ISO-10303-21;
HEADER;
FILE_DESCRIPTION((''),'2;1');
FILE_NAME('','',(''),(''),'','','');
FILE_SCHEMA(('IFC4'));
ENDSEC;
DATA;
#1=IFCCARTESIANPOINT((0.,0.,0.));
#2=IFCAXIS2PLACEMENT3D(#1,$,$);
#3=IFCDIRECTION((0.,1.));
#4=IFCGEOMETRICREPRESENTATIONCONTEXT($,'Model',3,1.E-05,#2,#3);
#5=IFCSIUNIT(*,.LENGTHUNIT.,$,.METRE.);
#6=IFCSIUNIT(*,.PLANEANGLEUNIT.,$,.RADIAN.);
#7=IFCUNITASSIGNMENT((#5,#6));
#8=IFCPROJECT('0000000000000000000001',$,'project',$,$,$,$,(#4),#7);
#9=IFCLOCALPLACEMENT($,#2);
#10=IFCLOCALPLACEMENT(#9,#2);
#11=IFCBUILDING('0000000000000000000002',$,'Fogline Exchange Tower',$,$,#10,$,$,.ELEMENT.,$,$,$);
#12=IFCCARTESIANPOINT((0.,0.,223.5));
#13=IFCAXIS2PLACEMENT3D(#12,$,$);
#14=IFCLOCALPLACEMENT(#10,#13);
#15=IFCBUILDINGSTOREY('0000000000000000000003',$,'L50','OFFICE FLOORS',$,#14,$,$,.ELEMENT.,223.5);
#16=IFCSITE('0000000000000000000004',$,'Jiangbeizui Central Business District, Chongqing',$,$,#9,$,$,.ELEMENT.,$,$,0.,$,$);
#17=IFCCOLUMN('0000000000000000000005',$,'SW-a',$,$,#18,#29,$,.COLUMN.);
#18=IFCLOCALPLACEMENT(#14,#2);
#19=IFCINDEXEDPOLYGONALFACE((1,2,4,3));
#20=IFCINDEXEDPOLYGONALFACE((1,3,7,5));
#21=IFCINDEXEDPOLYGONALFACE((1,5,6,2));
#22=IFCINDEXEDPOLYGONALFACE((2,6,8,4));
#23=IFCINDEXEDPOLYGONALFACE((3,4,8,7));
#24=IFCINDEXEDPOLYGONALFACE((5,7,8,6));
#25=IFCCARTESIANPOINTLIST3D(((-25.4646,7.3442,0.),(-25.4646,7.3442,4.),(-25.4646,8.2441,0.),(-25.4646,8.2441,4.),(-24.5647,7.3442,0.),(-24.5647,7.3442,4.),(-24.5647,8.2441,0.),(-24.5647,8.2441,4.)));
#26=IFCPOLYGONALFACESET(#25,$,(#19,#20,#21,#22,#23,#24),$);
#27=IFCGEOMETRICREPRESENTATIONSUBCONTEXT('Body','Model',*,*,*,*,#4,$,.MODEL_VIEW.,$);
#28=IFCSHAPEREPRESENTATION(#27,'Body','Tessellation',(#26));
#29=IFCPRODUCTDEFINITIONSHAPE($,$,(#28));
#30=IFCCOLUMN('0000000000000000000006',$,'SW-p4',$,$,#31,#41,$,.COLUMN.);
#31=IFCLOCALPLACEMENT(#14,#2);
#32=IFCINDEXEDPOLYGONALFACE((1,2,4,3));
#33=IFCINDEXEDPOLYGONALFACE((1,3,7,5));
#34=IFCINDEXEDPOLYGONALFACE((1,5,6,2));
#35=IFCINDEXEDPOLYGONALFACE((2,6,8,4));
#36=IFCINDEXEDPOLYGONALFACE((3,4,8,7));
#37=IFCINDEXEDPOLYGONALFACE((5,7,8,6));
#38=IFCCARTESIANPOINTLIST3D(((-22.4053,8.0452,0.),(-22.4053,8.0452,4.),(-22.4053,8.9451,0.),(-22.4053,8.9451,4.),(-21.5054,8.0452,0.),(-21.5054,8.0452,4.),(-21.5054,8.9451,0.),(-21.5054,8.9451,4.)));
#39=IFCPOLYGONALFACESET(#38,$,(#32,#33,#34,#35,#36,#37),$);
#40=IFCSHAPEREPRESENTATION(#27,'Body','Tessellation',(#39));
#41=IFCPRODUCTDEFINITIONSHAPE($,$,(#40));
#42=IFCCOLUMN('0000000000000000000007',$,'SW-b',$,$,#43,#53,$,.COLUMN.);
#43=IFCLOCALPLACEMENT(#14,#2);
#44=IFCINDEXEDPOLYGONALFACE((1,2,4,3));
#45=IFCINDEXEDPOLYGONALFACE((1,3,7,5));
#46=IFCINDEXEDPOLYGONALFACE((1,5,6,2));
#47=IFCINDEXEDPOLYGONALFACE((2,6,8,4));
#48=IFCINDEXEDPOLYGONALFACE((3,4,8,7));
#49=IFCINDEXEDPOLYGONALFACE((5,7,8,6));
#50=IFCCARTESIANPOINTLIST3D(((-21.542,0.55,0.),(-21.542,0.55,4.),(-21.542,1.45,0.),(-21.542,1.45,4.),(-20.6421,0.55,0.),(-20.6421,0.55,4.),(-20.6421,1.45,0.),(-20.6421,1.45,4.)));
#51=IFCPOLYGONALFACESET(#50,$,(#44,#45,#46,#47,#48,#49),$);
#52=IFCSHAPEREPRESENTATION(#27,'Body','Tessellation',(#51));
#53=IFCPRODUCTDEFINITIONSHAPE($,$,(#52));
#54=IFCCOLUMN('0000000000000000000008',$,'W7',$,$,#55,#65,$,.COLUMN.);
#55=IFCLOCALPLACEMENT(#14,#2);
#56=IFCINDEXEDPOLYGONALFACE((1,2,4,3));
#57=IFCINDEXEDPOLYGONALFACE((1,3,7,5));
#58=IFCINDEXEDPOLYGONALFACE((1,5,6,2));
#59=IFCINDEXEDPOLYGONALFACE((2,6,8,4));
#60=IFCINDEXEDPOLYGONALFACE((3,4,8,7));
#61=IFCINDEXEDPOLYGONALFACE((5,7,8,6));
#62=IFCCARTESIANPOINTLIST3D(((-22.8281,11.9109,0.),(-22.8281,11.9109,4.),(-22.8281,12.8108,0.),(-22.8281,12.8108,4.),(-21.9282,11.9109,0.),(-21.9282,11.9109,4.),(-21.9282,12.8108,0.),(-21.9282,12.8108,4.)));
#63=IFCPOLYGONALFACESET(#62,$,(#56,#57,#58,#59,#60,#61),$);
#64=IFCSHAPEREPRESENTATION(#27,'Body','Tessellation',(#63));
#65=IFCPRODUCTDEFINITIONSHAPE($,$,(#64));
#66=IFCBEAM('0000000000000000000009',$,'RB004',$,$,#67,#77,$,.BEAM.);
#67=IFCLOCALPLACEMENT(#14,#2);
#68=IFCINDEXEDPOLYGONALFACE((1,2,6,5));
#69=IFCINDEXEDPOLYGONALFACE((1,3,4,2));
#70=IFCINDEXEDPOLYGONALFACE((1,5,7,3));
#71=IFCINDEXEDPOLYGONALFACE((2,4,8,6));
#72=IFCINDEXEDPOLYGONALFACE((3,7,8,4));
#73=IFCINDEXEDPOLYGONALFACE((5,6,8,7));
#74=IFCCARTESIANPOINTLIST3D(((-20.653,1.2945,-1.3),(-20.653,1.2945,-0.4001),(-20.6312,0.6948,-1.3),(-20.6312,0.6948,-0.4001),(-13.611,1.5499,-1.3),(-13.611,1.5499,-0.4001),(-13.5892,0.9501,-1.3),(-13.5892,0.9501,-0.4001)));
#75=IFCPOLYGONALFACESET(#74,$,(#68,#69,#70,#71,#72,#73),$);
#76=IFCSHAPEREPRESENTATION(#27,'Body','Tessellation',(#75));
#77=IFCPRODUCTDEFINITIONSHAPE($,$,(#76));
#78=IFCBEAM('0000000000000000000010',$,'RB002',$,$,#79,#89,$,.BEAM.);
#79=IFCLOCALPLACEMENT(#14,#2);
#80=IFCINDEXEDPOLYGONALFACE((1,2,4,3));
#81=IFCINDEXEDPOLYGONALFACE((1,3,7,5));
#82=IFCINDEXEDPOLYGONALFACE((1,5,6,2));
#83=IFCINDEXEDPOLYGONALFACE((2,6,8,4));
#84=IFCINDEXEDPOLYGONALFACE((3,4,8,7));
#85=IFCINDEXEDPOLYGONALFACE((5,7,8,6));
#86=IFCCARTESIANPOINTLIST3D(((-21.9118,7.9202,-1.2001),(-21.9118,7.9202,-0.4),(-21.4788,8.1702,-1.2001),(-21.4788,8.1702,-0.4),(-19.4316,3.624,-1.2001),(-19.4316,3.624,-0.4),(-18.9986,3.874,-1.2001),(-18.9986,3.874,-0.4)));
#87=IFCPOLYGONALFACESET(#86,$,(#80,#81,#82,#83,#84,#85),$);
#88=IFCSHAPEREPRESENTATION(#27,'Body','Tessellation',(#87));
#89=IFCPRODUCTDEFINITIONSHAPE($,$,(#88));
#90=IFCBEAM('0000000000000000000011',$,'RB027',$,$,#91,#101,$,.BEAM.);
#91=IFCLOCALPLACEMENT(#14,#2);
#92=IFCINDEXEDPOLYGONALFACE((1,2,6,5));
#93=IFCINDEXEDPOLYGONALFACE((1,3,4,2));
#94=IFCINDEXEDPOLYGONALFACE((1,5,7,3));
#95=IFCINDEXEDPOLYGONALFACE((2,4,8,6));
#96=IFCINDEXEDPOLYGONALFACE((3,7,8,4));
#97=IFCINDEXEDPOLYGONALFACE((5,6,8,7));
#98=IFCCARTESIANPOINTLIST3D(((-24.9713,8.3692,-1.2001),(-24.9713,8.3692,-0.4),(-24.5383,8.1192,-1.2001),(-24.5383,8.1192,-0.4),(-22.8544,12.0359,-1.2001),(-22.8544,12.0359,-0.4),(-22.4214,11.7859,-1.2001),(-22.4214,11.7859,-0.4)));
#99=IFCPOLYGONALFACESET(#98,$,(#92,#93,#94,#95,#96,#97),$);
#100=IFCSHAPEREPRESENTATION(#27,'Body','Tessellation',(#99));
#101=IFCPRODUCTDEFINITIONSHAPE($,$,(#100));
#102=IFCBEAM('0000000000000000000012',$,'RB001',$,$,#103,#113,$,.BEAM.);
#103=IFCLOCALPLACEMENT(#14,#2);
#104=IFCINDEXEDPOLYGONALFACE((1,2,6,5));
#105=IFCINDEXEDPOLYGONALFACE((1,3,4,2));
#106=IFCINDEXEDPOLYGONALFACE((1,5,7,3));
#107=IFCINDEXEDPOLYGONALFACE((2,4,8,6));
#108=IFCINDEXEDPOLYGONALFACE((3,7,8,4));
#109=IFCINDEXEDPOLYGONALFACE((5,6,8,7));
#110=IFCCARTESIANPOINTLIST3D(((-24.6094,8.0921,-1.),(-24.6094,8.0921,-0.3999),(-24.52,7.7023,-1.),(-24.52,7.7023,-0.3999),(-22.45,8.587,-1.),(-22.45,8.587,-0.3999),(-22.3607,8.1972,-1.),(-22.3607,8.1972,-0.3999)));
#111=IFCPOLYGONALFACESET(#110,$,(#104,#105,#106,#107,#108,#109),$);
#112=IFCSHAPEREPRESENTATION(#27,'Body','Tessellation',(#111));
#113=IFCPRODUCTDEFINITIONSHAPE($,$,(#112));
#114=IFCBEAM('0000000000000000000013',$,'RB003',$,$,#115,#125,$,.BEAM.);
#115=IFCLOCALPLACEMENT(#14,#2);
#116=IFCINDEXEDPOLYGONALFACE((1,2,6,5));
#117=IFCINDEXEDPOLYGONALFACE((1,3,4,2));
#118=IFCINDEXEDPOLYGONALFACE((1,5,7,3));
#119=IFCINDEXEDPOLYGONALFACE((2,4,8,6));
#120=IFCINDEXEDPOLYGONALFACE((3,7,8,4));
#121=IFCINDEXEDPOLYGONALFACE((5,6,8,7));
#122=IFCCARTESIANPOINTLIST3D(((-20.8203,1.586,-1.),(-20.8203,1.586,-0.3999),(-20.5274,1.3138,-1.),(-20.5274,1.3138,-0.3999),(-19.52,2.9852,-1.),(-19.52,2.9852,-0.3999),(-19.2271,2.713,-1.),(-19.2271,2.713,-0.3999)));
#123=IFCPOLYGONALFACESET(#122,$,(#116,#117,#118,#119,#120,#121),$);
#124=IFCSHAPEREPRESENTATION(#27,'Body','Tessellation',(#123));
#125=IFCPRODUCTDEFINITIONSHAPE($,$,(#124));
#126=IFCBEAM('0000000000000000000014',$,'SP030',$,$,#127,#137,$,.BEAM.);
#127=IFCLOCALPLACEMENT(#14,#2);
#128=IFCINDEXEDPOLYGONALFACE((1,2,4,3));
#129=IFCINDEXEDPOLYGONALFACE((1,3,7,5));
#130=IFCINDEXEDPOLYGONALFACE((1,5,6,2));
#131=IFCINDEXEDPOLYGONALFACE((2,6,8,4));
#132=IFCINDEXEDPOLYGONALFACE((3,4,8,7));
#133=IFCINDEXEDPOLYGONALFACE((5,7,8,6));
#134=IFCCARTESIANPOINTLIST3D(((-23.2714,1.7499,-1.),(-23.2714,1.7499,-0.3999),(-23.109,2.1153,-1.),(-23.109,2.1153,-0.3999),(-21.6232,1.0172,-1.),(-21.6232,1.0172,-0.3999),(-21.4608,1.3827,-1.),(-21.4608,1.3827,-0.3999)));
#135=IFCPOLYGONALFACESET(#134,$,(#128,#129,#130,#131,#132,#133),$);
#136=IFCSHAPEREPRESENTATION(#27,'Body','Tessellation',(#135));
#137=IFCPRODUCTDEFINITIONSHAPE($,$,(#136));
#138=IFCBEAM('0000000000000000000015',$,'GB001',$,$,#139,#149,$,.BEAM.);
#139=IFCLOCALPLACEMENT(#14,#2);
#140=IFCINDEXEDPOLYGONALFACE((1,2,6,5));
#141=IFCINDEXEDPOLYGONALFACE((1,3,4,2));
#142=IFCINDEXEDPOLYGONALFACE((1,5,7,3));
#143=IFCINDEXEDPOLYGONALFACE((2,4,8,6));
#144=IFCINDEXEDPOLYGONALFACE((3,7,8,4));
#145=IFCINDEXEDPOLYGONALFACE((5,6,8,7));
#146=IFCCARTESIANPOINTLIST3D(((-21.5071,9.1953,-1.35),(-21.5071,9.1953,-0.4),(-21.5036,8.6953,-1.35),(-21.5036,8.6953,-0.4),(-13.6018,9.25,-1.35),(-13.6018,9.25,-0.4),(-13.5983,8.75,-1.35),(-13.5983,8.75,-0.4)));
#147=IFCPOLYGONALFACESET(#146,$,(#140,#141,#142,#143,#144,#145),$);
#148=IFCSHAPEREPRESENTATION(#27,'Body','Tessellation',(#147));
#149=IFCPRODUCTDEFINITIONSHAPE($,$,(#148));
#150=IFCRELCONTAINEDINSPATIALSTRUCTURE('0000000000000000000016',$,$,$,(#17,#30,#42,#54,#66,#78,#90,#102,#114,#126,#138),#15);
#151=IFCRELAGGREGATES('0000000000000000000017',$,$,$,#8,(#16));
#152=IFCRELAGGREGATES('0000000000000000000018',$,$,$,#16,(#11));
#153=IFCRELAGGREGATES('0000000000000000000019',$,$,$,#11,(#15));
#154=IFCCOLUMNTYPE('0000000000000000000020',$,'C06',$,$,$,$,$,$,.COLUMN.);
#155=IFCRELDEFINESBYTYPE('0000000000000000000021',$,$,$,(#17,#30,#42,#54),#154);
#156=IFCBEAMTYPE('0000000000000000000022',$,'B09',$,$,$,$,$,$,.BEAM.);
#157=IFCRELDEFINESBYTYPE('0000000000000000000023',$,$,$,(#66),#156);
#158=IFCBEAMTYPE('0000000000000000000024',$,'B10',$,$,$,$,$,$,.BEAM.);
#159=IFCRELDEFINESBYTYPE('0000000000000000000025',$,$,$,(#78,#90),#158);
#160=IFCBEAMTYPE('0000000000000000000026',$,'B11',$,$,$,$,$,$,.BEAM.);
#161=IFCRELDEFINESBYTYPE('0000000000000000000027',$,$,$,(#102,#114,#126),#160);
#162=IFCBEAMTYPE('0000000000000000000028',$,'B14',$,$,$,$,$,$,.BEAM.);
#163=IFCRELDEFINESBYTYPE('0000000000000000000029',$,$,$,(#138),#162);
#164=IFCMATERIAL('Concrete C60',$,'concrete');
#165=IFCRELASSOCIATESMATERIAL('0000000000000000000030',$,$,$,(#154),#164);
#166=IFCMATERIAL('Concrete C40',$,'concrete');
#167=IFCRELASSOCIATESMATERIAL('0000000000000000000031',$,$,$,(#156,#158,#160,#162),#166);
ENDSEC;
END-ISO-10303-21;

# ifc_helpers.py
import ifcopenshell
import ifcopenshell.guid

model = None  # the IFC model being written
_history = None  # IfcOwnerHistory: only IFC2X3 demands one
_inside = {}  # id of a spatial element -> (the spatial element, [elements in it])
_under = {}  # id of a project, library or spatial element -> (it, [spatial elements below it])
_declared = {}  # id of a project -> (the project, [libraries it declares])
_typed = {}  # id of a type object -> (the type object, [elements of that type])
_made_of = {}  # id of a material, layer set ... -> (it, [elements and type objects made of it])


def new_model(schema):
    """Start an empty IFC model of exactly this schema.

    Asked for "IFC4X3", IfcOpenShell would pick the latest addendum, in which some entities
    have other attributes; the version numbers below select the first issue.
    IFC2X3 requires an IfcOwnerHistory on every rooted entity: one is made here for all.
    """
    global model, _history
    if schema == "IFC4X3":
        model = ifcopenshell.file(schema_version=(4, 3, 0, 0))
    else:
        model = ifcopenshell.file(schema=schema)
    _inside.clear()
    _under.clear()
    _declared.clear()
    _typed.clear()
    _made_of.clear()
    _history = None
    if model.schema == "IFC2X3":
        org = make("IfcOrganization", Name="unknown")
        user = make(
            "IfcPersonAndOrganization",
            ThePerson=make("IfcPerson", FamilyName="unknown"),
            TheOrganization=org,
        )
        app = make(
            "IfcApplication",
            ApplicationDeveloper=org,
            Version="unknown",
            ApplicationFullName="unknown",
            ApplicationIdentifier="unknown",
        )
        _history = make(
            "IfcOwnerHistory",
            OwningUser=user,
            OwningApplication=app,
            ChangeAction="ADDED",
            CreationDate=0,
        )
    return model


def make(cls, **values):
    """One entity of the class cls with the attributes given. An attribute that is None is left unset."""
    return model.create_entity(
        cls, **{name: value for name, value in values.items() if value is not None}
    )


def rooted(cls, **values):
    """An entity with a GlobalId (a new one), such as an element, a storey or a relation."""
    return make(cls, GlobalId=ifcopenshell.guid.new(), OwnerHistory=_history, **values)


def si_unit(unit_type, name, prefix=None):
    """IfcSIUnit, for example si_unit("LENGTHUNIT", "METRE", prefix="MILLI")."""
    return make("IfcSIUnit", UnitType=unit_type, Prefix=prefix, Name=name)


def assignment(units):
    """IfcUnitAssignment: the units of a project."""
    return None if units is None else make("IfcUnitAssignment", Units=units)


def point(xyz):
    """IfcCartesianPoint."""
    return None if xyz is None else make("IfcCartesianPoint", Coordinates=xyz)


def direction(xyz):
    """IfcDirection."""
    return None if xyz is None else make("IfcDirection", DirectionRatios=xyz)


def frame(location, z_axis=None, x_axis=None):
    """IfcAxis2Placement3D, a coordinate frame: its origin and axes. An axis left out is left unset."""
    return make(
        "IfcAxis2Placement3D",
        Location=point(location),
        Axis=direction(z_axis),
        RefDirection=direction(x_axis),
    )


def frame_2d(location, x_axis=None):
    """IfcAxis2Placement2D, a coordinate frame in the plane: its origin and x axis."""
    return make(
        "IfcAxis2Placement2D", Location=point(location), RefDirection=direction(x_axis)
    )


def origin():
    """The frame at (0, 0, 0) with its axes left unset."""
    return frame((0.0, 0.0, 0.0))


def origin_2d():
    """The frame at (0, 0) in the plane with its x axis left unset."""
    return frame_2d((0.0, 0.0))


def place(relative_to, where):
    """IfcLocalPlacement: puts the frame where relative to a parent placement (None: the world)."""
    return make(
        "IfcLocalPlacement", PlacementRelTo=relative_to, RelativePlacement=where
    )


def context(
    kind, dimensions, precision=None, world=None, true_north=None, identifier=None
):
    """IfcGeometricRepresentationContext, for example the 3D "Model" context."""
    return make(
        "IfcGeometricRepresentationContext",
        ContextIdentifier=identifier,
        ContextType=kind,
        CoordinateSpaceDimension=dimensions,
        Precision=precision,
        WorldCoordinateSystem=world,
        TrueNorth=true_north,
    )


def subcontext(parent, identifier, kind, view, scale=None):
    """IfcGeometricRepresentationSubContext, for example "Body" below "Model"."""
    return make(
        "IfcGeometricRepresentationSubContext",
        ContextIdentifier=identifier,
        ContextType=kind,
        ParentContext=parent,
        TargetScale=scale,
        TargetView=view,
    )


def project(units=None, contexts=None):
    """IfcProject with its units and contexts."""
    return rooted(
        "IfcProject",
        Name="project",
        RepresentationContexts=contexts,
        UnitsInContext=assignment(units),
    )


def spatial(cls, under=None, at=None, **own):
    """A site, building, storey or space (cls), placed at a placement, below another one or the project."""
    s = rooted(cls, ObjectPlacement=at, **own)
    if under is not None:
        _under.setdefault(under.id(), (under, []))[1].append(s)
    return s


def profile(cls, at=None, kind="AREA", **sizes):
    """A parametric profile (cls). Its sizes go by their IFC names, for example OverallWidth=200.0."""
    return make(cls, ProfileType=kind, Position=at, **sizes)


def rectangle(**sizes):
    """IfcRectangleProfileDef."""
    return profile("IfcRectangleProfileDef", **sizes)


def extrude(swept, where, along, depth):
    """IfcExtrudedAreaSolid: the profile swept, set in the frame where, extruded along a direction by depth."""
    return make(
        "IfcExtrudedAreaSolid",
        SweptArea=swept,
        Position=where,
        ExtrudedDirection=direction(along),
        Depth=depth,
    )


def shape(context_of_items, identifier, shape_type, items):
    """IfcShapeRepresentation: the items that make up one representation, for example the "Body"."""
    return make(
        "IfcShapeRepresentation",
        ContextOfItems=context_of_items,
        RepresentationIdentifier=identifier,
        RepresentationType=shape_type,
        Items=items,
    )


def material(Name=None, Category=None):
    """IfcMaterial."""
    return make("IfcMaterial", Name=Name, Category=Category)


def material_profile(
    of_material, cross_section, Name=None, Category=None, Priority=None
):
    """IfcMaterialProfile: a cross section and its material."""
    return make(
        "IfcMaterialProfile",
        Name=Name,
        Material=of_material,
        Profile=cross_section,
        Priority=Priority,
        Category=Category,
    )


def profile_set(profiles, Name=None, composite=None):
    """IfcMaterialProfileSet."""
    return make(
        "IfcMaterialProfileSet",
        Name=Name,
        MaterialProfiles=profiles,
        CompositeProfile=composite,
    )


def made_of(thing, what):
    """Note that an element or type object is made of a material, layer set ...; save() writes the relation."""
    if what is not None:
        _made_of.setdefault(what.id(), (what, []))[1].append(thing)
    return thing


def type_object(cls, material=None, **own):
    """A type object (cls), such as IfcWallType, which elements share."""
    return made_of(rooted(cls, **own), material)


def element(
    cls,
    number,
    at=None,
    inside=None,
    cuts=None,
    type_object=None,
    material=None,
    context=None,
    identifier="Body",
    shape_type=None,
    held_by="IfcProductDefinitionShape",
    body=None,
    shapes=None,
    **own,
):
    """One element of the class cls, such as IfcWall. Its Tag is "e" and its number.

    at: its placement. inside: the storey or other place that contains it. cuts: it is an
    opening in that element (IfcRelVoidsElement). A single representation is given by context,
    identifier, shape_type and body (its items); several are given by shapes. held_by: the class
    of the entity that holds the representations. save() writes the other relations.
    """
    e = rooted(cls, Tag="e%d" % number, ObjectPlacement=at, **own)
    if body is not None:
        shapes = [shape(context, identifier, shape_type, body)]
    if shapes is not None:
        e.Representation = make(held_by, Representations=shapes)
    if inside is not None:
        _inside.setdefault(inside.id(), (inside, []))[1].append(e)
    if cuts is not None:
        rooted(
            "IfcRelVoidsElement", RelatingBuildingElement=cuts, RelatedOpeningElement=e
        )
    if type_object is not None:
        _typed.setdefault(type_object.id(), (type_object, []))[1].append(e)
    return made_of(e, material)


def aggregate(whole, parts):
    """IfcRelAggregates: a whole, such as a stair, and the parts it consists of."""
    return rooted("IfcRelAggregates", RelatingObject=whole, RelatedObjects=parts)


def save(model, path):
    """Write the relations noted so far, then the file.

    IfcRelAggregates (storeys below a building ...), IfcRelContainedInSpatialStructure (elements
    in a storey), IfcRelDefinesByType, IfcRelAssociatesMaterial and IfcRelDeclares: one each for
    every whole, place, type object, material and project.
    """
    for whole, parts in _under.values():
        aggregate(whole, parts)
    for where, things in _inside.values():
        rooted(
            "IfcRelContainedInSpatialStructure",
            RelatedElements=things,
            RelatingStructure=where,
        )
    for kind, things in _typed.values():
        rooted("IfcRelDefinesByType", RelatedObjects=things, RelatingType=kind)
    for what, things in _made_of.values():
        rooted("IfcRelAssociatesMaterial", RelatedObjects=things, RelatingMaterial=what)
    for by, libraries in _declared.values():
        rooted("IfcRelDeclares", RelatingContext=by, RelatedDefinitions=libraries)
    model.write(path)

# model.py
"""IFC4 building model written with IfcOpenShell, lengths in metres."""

from ifc_helpers import new_model, si_unit, direction, frame, origin, origin_2d, place, context, subcontext, project, spatial, rectangle, extrude, material, material_profile, profile_set, type_object, element, save


model = new_model("IFC4")

# Units and contexts
model_context = context("Model", 3, precision=1e-05, world=origin(), true_north=direction((0.0, 1.0)))
body_context = subcontext(model_context, "Body", "Model", "MODEL_VIEW")
ifc_project = project(units=[si_unit("LENGTHUNIT", "METRE"), si_unit("PLANEANGLEUNIT", "RADIAN")], contexts=[model_context])

# Site, building, storey
site_placement = place(None, origin())
site = spatial("IfcSite", under=ifc_project, at=site_placement, Name="Jiangbeizui Central Business District, Chongqing", CompositionType="ELEMENT", RefElevation=0.0)
building_placement = place(site_placement, origin())
building = spatial("IfcBuilding", under=site, at=building_placement, Name="Fogline Exchange Tower", CompositionType="ELEMENT")
storey_placement = place(building_placement, frame((0.0, 0.0, 223.5)))
storey = spatial("IfcBuildingStorey", under=building, at=storey_placement, Name="L50", Description="OFFICE FLOORS", CompositionType="ELEMENT", Elevation=223.5)

# Columns
ifc_material_1 = material(Name="Concrete C60", Category="concrete")
ifc_material_profile_1 = material_profile(ifc_material_1, rectangle(XDim=0.8999, YDim=0.8999, at=origin_2d()), Name="RC 900x900")
ifc_profile_set_1 = profile_set([ifc_material_profile_1], Name="Concrete C60")
column_type = type_object("IfcColumnType", Name="C06", PredefinedType="COLUMN", material=ifc_profile_set_1)
for number, where, z_axis, x_axis, name in (
    (1, (-25.0146, 7.7942, 0.0), (0.0, 0.0, 1.0), (1.0, 0.0, 0.0), "SW-a"),
    (2, (-21.9553, 8.4951, 0.0), (0.0, 0.0, 1.0), (1.0, 0.0, 0.0), "SW-p4"),
    (3, (-21.092, 1.0, 0.0), (0.0, 0.0, 1.0), (1.0, 0.0, 0.0), "SW-b"),
    (4, (-22.3782, 12.3608, 0.0), (0.0, 0.0, 1.0), (1.0, 0.0, 0.0), "W7"),
):
    element("IfcColumn", number, at=place(storey_placement, frame(where, z_axis=z_axis, x_axis=x_axis)), inside=storey, type_object=column_type, Name=name, PredefinedType="COLUMN", context=body_context, shape_type="SweptSolid", body=[
        extrude(rectangle(XDim=0.8999, YDim=0.8999, at=origin_2d()), origin(), (0.0, 0.0, 1.0), 4.0),
    ])

# Beams
ifc_material_2 = material(Name="Concrete C40", Category="concrete")
ifc_material_profile_2 = material_profile(ifc_material_2, rectangle(XDim=0.6001, YDim=0.8999, at=origin_2d()), Name="RC 600x900")
ifc_profile_set_2 = profile_set([ifc_material_profile_2], Name="Concrete C40")
beam_type_1 = type_object("IfcBeamType", Name="B09", PredefinedType="BEAM", material=ifc_profile_set_2)
beam_1_placement = place(storey_placement, frame((-20.6421, 0.9946, -0.8501), z_axis=(0.999343, 0.03624, 0.0), x_axis=(-0.03624, 0.999343, 0.0)))
element("IfcBeam", 5, at=beam_1_placement, inside=storey, type_object=beam_type_1, Name="RB004", PredefinedType="BEAM", context=body_context, shape_type="SweptSolid", body=[
    extrude(rectangle(XDim=0.6001, YDim=0.8999, at=origin_2d()), origin(), (0.0, 0.0, 1.0), 7.0466),
])
ifc_material_profile_3 = material_profile(ifc_material_2, rectangle(XDim=0.5, YDim=0.8, at=origin_2d()), Name="RC 500x800")
ifc_profile_set_3 = profile_set([ifc_material_profile_3], Name="Concrete C40")
beam_type_2 = type_object("IfcBeamType", Name="B10", PredefinedType="BEAM", material=ifc_profile_set_3)
beam_2_placement = place(storey_placement, frame((-21.6953, 8.0452, -0.8), z_axis=(0.499977, -0.866039, 0.0), x_axis=(0.866039, 0.499977, 0.0)))
element("IfcBeam", 6, at=beam_2_placement, inside=storey, type_object=beam_type_2, Name="RB002", PredefinedType="BEAM", context=body_context, shape_type="SweptSolid", body=[
    extrude(rectangle(XDim=0.5, YDim=0.8, at=origin_2d()), origin(), (0.0, 0.0, 1.0), 4.9607),
])
beam_3_placement = place(storey_placement, frame((-22.6379, 11.9109, -0.8), z_axis=(-0.49999, -0.866031, 0.0), x_axis=(0.866031, -0.49999, 0.0)))
element("IfcBeam", 7, at=beam_3_placement, inside=storey, type_object=beam_type_2, Name="RB027", PredefinedType="BEAM", context=body_context, shape_type="SweptSolid", body=[
    extrude(rectangle(XDim=0.5, YDim=0.8, at=origin_2d()), origin(), (0.0, 0.0, 1.0), 4.2339),
])
ifc_material_profile_4 = material_profile(ifc_material_2, rectangle(XDim=0.3999, YDim=0.6001, at=origin_2d()), Name="RC 400x600")
ifc_profile_set_4 = profile_set([ifc_material_profile_4], Name="Concrete C40")
beam_type_3 = type_object("IfcBeamType", Name="B11", PredefinedType="BEAM", material=ifc_profile_set_4)
beam_4_placement = place(storey_placement, frame((-24.5647, 7.8972, -0.7), z_axis=(0.974732, 0.223378, 0.0), x_axis=(-0.223378, 0.974732, 0.0)))
element("IfcBeam", 8, at=beam_4_placement, inside=storey, type_object=beam_type_3, Name="RB001", PredefinedType="BEAM", context=body_context, shape_type="SweptSolid", body=[
    extrude(rectangle(XDim=0.3999, YDim=0.6001, at=origin_2d()), origin(), (0.0, 0.0, 1.0), 2.2153),
])
beam_5_placement = place(storey_placement, frame((-19.3735, 2.8491, -0.7), z_axis=(-0.68075, -0.732516, 0.0), x_axis=(0.732516, -0.68075, 0.0)))
element("IfcBeam", 9, at=beam_5_placement, inside=storey, type_object=beam_type_3, Name="RB003", PredefinedType="BEAM", context=body_context, shape_type="SweptSolid", body=[
    extrude(rectangle(XDim=0.3999, YDim=0.6001, at=origin_2d()), origin(), (0.0, 0.0, 1.0), 1.9102),
])
beam_6_placement = place(storey_placement, frame((-21.542, 1.2, -0.7), z_axis=(-0.913784, 0.406201, 0.0), x_axis=(-0.406201, -0.913784, 0.0)))
element("IfcBeam", 10, at=beam_6_placement, inside=storey, type_object=beam_type_3, Name="SP030", PredefinedType="BEAM", context=body_context, shape_type="SweptSolid", body=[
    extrude(rectangle(XDim=0.3999, YDim=0.6001, at=origin_2d()), origin(), (0.0, 0.0, 1.0), 1.8037),
])
ifc_material_profile_5 = material_profile(ifc_material_2, rectangle(XDim=0.5, YDim=0.95, at=origin_2d()), Name="RC 500x950")
ifc_profile_set_5 = profile_set([ifc_material_profile_5], Name="Concrete C40")
beam_type_4 = type_object("IfcBeamType", Name="B14", PredefinedType="BEAM", material=ifc_profile_set_5)
beam_7_placement = place(storey_placement, frame((-21.5054, 8.9453, -0.875), z_axis=(0.999976, 0.006918, 0.0), x_axis=(-0.006918, 0.999976, 0.0)))
element("IfcBeam", 11, at=beam_7_placement, inside=storey, type_object=beam_type_4, Name="GB001", PredefinedType="BEAM", context=body_context, shape_type="SweptSolid", body=[
    extrude(rectangle(XDim=0.5, YDim=0.95, at=origin_2d()), origin(), (0.0, 0.0, 1.0), 7.9055),
])

save(model, "model.ifc")
